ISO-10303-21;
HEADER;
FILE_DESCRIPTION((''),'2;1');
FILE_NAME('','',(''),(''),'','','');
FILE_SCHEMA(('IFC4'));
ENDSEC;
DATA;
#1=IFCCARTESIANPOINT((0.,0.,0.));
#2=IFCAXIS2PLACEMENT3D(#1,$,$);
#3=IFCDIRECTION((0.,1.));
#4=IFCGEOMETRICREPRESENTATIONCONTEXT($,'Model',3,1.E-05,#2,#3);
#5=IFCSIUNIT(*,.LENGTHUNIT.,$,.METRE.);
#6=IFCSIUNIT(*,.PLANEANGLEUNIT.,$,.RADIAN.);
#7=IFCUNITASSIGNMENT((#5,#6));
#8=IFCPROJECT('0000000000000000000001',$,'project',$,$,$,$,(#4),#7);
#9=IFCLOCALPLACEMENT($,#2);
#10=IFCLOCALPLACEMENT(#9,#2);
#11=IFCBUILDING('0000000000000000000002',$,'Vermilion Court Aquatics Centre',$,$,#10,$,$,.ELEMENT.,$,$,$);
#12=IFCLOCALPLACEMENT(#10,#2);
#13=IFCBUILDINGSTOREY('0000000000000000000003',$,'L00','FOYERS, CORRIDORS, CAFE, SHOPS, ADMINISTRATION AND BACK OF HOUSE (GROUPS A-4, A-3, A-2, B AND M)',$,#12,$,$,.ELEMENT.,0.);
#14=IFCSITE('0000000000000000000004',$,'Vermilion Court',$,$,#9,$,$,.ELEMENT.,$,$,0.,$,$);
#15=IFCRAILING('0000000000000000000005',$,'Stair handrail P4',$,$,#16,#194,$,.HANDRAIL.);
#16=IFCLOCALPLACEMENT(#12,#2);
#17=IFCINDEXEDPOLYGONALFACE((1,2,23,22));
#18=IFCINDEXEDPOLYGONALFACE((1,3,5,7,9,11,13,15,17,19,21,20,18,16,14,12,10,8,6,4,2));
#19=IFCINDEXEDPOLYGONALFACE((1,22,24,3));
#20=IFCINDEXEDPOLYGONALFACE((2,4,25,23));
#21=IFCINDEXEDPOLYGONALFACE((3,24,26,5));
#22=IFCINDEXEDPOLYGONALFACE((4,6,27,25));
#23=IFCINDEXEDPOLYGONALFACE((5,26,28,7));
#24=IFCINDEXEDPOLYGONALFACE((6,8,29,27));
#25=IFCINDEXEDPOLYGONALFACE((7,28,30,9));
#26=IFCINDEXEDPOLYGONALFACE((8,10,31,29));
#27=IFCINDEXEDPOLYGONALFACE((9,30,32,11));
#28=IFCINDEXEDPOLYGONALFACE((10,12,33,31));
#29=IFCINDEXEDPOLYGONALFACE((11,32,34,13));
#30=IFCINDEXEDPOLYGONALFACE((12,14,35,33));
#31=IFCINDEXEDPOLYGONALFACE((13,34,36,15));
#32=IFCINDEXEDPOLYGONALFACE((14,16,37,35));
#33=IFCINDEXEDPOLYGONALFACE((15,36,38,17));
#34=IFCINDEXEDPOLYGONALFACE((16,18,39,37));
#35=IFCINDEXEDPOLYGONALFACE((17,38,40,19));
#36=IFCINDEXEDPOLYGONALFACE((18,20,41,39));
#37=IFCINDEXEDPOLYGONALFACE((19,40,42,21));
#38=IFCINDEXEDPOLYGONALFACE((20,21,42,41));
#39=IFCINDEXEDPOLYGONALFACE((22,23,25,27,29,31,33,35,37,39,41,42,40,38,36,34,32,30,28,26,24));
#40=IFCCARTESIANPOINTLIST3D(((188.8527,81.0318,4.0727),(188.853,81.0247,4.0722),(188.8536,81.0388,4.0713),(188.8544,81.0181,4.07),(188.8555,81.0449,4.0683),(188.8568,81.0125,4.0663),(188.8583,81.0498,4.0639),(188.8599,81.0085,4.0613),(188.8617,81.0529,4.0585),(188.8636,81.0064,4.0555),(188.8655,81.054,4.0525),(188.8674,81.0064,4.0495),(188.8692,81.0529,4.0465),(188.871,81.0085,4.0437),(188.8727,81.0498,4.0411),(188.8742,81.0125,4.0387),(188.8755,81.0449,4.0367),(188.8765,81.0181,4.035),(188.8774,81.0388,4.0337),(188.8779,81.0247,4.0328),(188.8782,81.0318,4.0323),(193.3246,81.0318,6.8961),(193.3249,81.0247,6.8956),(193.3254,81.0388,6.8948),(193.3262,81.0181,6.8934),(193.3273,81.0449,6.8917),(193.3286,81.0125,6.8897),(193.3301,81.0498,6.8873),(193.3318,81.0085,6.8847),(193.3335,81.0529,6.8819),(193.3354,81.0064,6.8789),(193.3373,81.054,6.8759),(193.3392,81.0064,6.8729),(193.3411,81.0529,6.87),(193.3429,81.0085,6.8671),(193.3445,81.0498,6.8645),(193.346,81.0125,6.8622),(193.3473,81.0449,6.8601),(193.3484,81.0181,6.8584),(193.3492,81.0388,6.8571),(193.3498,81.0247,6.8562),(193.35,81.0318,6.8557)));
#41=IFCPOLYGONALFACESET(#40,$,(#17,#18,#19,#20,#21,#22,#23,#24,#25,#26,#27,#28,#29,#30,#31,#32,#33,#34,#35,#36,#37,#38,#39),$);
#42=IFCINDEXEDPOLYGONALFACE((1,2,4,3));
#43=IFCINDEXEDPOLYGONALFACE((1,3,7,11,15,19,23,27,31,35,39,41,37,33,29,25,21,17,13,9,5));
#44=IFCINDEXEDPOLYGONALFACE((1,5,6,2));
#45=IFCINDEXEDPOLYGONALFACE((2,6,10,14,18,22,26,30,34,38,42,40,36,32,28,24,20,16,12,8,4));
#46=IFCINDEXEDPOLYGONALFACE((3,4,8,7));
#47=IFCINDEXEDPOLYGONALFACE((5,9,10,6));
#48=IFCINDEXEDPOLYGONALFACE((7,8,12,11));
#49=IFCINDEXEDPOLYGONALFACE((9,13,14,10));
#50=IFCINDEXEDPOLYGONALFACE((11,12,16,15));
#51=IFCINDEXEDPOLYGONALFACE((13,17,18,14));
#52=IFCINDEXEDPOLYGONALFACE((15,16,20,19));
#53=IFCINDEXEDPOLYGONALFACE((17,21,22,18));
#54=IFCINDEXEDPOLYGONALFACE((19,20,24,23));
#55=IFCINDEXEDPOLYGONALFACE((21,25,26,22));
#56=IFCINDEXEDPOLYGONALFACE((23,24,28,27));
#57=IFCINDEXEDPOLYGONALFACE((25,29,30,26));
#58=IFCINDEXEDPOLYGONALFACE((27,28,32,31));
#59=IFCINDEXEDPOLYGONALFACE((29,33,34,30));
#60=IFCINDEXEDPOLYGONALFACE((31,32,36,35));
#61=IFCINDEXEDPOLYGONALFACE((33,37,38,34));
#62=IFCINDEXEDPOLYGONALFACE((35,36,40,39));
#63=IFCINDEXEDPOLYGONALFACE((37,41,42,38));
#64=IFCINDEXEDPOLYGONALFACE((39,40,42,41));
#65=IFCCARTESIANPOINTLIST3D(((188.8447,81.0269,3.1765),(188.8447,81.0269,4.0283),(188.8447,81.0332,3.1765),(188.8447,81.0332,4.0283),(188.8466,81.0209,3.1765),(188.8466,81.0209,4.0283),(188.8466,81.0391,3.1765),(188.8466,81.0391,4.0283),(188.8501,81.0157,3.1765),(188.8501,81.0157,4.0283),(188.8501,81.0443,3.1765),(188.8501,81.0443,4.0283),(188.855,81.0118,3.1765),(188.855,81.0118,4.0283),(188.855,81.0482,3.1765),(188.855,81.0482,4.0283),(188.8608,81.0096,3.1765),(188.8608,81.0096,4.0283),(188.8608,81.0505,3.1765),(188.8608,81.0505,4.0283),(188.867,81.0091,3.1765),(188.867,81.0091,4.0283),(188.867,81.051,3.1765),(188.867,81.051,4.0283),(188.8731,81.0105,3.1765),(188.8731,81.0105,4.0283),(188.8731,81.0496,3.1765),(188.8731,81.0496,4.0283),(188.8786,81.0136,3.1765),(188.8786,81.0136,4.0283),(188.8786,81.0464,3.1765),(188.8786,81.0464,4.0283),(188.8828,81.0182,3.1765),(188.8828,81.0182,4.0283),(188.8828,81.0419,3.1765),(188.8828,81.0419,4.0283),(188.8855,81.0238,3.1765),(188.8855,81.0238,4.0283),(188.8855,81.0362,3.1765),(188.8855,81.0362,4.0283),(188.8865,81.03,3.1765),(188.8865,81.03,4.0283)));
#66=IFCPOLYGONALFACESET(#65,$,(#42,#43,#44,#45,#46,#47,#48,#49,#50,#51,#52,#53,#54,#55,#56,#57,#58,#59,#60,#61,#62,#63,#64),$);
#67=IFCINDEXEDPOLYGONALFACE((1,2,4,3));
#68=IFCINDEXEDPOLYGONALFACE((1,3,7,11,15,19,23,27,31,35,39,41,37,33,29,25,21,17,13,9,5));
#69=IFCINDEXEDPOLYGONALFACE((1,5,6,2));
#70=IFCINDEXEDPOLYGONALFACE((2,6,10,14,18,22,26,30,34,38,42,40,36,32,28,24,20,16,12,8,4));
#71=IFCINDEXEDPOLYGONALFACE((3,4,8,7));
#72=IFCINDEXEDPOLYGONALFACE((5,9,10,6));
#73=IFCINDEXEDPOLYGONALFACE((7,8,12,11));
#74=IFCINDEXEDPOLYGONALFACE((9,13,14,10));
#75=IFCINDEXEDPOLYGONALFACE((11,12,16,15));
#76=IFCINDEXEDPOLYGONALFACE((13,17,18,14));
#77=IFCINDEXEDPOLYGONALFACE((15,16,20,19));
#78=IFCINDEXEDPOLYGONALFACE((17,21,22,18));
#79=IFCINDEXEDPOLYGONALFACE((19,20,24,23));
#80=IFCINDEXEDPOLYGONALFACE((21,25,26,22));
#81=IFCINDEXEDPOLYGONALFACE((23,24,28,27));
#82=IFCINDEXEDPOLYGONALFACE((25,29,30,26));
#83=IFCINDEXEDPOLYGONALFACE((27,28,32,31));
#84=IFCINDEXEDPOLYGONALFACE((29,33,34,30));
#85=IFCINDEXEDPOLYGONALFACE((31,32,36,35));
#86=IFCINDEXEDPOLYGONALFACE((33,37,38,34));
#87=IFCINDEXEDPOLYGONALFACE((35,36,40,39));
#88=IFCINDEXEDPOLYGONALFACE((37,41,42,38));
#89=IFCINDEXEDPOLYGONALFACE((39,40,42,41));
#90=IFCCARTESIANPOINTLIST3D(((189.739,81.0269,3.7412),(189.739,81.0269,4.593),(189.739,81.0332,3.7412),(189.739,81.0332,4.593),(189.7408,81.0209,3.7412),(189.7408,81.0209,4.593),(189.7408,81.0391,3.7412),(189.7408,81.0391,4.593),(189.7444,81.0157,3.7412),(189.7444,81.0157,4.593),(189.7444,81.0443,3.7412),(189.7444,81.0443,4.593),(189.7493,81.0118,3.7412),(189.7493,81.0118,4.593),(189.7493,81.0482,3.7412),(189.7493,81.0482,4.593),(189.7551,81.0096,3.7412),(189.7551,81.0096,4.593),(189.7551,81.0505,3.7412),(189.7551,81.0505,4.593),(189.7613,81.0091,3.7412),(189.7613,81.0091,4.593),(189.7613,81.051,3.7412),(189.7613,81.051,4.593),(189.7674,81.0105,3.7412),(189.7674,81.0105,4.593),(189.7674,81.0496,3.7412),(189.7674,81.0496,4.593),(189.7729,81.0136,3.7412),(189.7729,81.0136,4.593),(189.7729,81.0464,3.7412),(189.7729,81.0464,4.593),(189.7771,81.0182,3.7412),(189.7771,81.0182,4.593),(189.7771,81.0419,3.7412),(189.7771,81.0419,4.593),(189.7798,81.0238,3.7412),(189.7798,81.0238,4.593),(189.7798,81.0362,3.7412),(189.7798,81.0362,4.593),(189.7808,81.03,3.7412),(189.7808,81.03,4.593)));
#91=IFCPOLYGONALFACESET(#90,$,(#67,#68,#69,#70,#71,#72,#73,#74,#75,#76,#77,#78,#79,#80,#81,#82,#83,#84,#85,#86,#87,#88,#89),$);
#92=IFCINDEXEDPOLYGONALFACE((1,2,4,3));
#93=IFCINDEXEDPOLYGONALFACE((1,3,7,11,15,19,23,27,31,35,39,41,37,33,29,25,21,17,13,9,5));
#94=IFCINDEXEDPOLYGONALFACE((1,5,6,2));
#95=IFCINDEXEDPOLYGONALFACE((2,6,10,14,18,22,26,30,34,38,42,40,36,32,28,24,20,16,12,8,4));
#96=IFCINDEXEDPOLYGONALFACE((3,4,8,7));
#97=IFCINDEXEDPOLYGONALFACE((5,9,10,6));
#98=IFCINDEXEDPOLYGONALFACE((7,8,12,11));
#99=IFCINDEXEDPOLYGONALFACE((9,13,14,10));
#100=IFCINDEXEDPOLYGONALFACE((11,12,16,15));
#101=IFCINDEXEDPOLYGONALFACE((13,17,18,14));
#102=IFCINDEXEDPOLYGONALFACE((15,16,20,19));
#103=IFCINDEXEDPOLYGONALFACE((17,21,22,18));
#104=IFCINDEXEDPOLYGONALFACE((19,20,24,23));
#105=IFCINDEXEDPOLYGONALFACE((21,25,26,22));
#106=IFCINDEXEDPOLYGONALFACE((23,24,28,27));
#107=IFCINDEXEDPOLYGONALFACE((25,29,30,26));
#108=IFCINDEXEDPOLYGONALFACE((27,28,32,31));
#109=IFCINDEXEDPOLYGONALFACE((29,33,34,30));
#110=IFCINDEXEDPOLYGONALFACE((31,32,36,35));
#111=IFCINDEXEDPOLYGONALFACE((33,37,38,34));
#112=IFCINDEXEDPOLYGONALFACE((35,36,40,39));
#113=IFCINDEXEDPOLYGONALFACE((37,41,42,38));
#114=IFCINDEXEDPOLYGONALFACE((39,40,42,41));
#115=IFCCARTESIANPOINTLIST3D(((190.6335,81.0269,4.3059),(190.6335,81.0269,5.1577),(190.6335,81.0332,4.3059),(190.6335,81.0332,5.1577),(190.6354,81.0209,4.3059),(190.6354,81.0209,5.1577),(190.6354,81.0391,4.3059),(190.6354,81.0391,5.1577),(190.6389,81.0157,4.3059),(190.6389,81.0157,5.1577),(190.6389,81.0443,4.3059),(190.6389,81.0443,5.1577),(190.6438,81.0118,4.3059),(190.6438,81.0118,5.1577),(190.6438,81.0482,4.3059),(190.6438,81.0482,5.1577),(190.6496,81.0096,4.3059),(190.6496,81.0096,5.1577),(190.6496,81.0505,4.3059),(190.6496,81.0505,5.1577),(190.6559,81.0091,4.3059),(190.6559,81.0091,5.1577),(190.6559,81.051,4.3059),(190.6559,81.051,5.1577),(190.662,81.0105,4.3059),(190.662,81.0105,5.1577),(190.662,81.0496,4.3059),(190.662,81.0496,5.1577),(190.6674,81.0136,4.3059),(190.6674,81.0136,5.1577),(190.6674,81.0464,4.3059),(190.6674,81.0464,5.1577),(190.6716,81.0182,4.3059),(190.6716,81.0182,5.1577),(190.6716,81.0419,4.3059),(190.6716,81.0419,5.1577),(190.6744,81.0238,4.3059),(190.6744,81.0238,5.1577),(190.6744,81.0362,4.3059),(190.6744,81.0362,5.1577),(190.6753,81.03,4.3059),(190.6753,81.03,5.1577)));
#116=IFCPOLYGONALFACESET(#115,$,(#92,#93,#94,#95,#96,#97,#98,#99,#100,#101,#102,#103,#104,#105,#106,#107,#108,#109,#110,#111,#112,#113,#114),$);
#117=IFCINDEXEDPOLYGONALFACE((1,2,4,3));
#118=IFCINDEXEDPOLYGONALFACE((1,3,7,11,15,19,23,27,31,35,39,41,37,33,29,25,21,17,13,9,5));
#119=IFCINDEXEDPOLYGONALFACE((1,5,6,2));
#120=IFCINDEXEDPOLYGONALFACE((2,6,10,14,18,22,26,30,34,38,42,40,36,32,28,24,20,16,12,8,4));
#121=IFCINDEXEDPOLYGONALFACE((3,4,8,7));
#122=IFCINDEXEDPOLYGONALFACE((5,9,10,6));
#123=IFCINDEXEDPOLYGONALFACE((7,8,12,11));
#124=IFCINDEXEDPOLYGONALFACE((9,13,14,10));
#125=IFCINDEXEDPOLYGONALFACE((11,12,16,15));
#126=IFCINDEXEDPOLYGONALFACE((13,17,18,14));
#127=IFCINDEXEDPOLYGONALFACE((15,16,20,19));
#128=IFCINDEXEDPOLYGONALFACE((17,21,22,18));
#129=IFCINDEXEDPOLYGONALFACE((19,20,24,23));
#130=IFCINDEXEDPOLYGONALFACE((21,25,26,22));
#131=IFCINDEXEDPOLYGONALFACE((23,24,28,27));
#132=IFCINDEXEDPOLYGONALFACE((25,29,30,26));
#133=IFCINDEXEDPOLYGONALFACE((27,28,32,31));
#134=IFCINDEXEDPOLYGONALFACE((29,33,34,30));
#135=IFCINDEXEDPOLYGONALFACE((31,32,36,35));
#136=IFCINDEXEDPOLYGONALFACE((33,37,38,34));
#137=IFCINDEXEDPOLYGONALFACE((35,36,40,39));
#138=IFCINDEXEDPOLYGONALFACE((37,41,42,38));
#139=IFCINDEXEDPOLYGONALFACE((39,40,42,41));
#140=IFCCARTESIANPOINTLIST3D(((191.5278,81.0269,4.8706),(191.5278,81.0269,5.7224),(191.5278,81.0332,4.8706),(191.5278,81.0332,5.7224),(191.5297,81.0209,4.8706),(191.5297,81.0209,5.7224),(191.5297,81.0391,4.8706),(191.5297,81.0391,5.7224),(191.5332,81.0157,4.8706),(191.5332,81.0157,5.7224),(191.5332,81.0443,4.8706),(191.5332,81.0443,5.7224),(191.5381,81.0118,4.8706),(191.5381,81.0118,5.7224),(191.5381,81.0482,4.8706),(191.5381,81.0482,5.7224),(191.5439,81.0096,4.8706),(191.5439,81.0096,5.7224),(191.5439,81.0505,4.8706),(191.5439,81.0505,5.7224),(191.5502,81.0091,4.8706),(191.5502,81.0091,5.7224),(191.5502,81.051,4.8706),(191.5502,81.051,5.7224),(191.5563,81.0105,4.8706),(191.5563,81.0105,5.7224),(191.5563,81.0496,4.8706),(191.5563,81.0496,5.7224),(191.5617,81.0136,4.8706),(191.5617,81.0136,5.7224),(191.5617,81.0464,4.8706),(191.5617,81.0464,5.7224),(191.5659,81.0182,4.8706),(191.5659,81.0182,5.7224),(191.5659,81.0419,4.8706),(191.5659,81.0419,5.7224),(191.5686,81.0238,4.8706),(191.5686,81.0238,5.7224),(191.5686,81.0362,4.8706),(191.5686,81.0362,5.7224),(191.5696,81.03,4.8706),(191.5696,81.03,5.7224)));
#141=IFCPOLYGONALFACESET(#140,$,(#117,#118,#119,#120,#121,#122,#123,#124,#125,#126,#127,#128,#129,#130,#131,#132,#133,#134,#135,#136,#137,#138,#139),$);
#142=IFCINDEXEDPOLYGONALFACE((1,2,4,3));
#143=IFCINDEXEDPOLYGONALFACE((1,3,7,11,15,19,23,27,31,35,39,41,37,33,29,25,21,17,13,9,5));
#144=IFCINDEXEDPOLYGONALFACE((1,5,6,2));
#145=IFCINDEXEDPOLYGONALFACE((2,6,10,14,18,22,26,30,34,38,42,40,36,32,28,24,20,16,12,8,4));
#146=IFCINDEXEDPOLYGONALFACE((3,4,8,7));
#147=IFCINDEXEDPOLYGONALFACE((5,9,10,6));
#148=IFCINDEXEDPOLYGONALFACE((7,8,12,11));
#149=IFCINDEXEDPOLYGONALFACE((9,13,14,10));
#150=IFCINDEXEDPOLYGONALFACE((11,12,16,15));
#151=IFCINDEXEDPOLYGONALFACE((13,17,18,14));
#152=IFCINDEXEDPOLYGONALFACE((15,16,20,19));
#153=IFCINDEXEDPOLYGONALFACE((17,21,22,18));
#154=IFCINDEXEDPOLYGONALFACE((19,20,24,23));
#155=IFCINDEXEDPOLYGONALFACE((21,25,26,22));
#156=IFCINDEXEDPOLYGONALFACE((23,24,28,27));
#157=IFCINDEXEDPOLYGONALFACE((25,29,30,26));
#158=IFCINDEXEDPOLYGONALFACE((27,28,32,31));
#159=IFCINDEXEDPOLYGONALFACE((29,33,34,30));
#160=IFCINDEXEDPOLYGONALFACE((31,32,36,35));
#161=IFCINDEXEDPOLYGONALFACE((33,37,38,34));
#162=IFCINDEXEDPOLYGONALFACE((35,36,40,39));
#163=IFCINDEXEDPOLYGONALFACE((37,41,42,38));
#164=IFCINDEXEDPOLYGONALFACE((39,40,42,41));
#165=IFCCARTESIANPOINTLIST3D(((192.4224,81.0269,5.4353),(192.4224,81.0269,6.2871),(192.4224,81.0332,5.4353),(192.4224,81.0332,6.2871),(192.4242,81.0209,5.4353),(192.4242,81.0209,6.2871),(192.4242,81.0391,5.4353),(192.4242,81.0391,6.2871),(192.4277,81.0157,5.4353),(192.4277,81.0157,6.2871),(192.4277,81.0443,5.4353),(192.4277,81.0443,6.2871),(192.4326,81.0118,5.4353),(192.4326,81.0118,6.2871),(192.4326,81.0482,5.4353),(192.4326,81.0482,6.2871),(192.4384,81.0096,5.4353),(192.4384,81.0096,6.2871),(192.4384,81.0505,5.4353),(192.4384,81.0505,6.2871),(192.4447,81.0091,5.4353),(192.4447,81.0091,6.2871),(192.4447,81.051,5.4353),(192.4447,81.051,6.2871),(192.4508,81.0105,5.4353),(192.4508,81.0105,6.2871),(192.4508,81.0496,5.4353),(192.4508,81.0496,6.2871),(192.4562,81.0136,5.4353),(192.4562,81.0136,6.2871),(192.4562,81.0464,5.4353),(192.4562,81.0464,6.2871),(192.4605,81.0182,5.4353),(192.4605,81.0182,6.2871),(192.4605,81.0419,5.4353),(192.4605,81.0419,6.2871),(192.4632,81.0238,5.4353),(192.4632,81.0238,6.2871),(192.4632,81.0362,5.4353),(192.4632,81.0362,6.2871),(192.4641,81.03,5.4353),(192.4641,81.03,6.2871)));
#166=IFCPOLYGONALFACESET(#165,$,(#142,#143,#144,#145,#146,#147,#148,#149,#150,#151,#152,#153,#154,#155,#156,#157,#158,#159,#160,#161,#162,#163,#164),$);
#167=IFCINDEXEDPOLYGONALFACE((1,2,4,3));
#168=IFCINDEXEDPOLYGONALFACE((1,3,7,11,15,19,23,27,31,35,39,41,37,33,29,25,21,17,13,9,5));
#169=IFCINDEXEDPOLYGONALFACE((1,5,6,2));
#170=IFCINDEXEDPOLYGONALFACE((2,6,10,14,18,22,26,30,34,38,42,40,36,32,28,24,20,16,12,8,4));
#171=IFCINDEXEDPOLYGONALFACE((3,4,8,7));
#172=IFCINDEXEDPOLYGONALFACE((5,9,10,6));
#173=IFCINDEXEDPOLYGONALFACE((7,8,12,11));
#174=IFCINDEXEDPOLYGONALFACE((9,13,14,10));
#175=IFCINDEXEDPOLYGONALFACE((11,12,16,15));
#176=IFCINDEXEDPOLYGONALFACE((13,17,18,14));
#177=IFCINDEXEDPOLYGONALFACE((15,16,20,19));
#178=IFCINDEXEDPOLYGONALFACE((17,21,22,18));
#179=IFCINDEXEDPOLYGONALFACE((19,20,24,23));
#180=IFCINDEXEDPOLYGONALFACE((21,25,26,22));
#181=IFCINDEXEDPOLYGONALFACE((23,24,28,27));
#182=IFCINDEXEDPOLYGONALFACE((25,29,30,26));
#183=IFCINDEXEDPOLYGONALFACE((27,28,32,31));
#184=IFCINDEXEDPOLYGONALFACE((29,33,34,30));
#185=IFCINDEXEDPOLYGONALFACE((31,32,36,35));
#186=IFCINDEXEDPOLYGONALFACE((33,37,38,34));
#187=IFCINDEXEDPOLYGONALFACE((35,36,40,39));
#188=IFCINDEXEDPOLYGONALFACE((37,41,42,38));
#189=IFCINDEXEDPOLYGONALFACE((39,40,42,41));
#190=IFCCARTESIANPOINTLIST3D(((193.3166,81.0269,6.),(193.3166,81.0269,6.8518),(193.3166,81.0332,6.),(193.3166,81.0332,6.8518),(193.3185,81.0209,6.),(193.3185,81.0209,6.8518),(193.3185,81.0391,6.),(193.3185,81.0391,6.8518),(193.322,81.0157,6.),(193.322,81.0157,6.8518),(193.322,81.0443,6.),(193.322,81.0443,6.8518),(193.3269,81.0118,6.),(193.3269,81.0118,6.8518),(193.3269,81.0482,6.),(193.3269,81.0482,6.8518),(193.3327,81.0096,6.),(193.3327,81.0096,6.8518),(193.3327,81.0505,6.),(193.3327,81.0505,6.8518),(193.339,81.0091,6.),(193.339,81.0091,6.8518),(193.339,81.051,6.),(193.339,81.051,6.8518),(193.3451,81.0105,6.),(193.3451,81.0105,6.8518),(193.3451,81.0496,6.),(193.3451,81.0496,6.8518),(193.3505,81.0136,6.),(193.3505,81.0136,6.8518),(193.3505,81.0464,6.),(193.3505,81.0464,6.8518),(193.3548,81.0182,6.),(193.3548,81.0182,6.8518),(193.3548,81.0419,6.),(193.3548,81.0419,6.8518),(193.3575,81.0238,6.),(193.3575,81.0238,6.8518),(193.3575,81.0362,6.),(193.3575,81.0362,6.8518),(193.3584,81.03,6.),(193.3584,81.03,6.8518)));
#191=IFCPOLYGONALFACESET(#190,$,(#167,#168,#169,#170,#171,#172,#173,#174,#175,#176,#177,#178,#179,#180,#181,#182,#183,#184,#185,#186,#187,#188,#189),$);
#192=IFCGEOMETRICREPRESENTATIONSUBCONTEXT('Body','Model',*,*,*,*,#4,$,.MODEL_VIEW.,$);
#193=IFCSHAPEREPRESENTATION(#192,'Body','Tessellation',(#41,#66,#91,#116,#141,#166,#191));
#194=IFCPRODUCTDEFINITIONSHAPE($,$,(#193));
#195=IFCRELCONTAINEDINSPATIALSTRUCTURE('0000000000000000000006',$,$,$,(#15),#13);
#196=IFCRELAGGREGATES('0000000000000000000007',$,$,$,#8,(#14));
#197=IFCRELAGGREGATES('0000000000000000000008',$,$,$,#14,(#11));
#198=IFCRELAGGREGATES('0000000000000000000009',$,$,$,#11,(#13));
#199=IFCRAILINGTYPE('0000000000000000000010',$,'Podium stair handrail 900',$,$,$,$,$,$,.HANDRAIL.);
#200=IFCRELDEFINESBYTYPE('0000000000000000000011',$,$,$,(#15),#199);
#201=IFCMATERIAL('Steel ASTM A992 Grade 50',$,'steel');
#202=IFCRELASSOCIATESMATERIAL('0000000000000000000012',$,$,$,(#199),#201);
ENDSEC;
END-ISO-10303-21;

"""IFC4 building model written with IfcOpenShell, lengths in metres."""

from ifc_helpers import new_model, si_unit, direction, frame, origin, origin_2d, place, context, subcontext, project, spatial, circle, extrude, material, type_object, element, save


model = new_model("IFC4")

# Units and contexts
model_context = context("Model", 3, precision=1e-05, world=origin(), true_north=direction((0.0, 1.0)))
body_context = subcontext(model_context, "Body", "Model", "MODEL_VIEW")
ifc_project = project(units=[si_unit("LENGTHUNIT", "METRE"), si_unit("PLANEANGLEUNIT", "RADIAN")], contexts=[model_context])

# Site, building, storey
site_placement = place(None, origin())
site = spatial("IfcSite", under=ifc_project, at=site_placement, Name="Vermilion Court", CompositionType="ELEMENT", RefElevation=0.0)
building_placement = place(site_placement, origin())
building = spatial("IfcBuilding", under=site, at=building_placement, Name="Vermilion Court Aquatics Centre", CompositionType="ELEMENT")
storey_placement = place(building_placement, origin())
storey = spatial("IfcBuildingStorey", under=building, at=storey_placement, Name="L00", Description="FOYERS, CORRIDORS, CAFE, SHOPS, ADMINISTRATION AND BACK OF HOUSE (GROUPS A-4, A-3, A-2, B AND M)", CompositionType="ELEMENT", Elevation=0.0)

# Railing
ifc_material_1 = material(Name="Steel ASTM A992 Grade 50", Category="steel")
railing_type_1 = type_object("IfcRailingType", Name="Podium stair handrail 900", PredefinedType="HANDRAIL", material=ifc_material_1)
for number, where, name in (
    (1, (188.8655, 81.03, 3.1765), "Stair handrail P4"),
):
    element("IfcRailing", number, at=place(storey_placement, frame(where)), inside=storey, type_object=railing_type_1, Name=name, PredefinedType="HANDRAIL", context=body_context, shape_type="SweptSolid", body=[
        extrude(circle(Radius=0.0239, at=origin_2d()), frame((0.0, 0.0, 0.876), z_axis=(0.845565, 0.0, 0.533873), x_axis=(0.0, 1.0, 0.0)), (0.0, 0.0, 1.0), 5.2886),
        extrude(circle(Radius=0.021, at=origin_2d()), origin(), (0.0, 0.0, 1.0), 0.8518),
        extrude(circle(Radius=0.021, at=origin_2d()), frame((0.8943, 0.0, 0.5647)), (0.0, 0.0, 1.0), 0.8518),
        extrude(circle(Radius=0.021, at=origin_2d()), frame((1.7888, 0.0, 1.1294)), (0.0, 0.0, 1.0), 0.8518),
        extrude(circle(Radius=0.021, at=origin_2d()), frame((2.6831, 0.0, 1.6941)), (0.0, 0.0, 1.0), 0.8518),
        extrude(circle(Radius=0.021, at=origin_2d()), frame((3.5776, 0.0, 2.2588)), (0.0, 0.0, 1.0), 0.8518),
        extrude(circle(Radius=0.021, at=origin_2d()), frame((4.4719, 0.0, 2.8235)), (0.0, 0.0, 1.0), 0.8518),
    ])

save(model, "model.ifc")
